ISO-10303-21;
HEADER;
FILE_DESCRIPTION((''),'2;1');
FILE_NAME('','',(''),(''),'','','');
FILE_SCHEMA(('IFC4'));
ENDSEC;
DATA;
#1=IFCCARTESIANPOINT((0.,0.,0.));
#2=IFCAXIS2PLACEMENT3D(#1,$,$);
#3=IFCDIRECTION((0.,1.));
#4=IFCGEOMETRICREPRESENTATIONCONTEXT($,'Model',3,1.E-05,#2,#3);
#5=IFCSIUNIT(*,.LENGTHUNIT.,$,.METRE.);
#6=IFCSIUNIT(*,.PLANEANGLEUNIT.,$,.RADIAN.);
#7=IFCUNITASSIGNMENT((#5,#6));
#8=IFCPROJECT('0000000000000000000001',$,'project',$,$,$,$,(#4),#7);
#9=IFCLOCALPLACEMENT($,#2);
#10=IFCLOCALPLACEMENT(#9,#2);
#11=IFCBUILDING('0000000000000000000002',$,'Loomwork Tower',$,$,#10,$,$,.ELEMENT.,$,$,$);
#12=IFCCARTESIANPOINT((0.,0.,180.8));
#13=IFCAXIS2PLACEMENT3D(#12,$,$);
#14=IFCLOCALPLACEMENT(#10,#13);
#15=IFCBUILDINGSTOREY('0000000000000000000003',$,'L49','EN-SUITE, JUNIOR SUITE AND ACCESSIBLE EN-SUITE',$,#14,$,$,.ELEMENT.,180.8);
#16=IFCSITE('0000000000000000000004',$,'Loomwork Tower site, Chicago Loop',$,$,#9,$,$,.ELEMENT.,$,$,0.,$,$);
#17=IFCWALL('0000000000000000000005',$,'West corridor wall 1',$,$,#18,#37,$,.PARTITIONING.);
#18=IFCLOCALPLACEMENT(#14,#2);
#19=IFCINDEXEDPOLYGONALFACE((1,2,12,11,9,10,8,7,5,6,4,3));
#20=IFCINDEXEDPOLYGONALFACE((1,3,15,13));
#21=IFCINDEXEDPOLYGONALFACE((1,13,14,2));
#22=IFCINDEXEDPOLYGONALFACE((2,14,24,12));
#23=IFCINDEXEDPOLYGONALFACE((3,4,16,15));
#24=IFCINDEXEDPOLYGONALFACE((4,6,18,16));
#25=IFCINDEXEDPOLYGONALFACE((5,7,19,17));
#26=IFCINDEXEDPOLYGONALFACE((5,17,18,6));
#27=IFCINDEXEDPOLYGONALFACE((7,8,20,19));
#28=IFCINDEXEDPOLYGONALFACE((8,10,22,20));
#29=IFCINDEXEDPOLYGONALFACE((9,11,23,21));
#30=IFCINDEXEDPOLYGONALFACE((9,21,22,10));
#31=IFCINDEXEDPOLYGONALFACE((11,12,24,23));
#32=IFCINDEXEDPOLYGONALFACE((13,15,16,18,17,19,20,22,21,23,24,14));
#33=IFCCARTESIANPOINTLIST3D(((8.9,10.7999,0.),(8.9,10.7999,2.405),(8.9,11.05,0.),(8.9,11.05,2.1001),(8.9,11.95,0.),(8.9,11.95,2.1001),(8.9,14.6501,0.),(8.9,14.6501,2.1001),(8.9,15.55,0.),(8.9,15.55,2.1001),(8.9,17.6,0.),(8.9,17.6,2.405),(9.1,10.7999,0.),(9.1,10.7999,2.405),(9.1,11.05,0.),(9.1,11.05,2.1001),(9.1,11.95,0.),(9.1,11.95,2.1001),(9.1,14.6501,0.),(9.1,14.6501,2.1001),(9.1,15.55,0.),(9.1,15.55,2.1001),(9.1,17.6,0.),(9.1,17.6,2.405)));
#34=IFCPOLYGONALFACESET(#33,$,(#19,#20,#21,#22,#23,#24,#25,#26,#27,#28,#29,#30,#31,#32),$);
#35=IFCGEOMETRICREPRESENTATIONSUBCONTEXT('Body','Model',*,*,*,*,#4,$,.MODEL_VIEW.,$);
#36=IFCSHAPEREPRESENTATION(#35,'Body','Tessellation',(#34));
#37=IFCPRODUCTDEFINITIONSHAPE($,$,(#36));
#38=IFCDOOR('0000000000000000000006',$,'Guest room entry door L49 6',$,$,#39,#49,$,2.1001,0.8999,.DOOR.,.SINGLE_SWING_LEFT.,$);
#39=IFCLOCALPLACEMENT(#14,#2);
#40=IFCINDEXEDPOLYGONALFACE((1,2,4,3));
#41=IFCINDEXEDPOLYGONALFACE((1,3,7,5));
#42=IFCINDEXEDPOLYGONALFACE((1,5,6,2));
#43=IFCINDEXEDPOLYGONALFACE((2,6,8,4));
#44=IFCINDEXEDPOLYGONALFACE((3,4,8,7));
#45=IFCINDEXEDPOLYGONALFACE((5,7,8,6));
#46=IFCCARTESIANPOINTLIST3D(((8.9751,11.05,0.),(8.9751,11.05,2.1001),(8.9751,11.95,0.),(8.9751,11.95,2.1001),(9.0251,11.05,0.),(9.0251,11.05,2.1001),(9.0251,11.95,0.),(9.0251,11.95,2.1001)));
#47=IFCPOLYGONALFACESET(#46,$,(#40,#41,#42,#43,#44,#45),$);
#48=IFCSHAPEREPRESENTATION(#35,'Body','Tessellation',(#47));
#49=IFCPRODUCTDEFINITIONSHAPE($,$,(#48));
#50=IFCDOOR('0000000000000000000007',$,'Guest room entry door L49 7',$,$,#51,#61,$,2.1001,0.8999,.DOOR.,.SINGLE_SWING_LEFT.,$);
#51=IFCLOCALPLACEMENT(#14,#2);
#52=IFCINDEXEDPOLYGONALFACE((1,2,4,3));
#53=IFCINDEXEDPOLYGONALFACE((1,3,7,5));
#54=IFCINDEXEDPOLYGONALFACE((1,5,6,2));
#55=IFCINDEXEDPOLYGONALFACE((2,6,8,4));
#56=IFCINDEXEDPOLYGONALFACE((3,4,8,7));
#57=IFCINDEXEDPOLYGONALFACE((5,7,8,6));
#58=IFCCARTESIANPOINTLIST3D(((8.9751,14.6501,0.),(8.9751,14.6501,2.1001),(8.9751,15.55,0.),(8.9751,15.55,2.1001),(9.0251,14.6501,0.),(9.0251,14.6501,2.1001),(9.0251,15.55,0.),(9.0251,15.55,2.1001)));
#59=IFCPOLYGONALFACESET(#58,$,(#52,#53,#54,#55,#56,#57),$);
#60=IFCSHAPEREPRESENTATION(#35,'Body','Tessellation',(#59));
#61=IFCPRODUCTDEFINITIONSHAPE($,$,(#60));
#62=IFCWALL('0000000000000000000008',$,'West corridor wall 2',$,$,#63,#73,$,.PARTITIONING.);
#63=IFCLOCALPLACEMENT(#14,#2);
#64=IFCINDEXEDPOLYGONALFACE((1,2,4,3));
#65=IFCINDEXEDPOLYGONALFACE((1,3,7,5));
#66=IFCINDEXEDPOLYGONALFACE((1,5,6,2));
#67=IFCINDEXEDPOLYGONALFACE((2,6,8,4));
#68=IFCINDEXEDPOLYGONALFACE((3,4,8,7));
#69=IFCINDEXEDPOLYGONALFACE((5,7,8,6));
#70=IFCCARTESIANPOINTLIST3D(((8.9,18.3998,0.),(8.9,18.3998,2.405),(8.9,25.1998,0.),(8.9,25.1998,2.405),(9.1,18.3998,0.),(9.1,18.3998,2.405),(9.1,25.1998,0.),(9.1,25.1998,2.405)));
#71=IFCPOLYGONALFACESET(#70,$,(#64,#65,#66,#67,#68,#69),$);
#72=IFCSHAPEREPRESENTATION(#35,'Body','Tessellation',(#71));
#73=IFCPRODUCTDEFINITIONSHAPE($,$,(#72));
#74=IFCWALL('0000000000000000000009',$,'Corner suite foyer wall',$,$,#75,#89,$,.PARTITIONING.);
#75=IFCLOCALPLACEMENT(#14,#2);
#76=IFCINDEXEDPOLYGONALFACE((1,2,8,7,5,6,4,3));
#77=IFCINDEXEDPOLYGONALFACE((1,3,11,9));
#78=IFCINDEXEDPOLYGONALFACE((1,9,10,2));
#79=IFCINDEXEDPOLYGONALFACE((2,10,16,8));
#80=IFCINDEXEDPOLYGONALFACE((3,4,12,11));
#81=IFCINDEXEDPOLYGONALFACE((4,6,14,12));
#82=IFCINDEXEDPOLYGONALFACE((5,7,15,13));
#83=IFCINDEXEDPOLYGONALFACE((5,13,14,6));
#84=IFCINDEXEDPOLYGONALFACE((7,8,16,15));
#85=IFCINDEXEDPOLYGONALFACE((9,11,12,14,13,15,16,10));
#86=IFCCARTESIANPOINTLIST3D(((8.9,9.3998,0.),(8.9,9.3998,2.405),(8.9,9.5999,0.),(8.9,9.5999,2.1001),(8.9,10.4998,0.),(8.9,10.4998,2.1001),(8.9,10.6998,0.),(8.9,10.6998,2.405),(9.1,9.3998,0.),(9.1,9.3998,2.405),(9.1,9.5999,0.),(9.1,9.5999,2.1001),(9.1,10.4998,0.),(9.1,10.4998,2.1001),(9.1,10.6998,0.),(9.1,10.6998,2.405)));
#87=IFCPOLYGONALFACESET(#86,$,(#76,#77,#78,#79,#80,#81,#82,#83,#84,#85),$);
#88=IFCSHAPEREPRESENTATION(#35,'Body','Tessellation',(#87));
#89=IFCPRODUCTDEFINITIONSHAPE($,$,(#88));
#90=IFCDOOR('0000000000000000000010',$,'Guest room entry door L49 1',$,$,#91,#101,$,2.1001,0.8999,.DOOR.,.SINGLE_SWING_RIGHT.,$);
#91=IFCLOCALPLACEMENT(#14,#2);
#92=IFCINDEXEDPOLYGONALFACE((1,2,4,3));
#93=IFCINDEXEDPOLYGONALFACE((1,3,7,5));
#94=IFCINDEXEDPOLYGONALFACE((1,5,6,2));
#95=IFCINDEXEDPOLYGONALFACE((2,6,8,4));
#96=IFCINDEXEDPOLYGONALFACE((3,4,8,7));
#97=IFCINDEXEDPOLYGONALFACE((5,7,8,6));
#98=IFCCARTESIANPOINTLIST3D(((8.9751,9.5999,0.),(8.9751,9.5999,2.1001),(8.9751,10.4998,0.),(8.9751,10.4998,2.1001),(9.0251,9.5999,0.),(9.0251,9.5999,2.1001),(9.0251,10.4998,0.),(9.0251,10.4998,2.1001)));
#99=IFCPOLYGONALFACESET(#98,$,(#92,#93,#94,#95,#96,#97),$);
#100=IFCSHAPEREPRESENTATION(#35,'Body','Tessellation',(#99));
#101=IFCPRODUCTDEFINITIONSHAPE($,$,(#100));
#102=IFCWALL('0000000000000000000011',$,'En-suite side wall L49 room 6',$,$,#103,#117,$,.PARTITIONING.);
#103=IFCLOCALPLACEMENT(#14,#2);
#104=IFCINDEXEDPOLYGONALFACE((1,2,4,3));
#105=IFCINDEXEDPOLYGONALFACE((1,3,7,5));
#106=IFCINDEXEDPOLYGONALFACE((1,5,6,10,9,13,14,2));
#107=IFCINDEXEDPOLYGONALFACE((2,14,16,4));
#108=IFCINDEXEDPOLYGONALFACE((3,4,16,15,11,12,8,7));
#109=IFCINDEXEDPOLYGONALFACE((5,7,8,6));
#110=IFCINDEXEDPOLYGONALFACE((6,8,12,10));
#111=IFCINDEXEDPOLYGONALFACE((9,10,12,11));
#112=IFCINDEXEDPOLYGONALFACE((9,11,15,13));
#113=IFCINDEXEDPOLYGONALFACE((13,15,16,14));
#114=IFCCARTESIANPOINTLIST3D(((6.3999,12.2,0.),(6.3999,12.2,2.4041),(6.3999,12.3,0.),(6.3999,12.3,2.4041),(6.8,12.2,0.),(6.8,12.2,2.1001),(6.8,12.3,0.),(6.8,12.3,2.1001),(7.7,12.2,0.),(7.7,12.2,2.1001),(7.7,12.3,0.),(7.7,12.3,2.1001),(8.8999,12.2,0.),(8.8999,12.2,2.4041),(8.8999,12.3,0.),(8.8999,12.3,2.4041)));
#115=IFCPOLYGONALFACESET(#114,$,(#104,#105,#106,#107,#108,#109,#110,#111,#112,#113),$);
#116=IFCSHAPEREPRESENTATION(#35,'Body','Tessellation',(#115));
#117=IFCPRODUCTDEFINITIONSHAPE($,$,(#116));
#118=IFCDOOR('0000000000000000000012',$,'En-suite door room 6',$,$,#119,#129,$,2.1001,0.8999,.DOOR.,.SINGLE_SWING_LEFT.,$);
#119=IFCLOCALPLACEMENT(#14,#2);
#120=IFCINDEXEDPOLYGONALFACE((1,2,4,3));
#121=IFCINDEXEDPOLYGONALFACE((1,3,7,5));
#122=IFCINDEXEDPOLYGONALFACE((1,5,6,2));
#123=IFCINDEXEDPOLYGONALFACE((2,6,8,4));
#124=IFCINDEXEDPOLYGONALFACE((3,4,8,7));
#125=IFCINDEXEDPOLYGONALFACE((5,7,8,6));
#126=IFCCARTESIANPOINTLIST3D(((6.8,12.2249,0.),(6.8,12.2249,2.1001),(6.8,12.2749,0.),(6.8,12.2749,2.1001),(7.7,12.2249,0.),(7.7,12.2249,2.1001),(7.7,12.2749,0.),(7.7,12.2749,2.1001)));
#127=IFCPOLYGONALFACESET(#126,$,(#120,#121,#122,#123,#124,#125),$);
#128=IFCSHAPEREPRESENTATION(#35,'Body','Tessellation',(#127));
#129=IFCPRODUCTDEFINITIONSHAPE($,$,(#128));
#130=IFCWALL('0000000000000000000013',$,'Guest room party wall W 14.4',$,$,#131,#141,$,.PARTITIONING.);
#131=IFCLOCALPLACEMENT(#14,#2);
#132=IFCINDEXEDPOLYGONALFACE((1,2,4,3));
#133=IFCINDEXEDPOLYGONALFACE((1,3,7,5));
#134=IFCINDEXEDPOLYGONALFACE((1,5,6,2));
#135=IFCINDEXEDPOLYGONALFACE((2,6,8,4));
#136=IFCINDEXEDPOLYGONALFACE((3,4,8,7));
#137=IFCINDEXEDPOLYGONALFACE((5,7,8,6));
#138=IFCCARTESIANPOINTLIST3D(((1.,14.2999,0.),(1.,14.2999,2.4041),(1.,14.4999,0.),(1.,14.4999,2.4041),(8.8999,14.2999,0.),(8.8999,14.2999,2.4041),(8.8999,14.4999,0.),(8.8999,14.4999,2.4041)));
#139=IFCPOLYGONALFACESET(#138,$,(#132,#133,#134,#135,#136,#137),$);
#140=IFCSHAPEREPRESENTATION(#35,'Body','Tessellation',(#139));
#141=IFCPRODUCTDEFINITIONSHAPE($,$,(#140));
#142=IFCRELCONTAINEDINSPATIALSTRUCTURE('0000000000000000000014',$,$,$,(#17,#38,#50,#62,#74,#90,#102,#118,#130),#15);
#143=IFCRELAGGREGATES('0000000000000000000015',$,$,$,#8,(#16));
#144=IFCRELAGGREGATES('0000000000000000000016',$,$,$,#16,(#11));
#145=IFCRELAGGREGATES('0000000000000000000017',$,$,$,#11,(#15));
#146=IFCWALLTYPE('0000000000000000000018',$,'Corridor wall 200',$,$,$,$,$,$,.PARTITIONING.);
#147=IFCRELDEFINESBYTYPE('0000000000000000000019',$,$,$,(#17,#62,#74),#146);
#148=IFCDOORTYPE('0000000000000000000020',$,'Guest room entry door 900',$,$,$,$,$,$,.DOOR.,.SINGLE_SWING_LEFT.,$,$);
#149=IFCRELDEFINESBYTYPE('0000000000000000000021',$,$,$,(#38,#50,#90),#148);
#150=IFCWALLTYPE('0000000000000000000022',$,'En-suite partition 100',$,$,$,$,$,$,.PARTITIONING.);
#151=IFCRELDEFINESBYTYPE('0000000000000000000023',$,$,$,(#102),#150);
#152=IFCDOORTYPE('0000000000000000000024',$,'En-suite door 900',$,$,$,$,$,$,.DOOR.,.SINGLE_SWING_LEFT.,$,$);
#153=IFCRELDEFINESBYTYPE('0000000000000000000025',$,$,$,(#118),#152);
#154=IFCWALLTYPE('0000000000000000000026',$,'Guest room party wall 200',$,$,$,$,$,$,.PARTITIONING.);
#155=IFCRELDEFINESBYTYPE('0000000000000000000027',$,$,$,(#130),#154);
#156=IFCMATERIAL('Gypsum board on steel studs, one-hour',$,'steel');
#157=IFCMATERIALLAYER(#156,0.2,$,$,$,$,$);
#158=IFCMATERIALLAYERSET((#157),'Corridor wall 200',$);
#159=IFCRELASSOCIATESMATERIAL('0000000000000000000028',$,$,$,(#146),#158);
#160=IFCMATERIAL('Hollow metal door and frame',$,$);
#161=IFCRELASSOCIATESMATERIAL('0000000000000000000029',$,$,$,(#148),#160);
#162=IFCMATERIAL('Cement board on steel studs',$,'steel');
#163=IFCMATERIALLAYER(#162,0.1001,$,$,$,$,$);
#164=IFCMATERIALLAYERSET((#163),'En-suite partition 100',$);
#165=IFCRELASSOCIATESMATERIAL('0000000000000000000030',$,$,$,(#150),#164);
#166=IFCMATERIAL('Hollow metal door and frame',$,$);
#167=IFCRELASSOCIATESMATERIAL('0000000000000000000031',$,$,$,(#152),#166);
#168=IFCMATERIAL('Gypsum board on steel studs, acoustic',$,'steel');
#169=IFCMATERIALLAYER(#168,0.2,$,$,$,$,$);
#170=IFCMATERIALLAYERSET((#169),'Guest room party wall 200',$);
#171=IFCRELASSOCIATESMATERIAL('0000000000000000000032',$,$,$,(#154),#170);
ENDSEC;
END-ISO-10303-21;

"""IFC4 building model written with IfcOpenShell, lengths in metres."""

from ifc_helpers import new_model, si_unit, direction, frame, frame_2d, origin, place, context, subcontext, project, spatial, rectangle, extrude, material, layer, layer_set, type_object, element, fill, save


model = new_model("IFC4")

# Units and contexts
model_context = context("Model", 3, precision=1e-05, world=origin(), true_north=direction((0.0, 1.0)))
body_context = subcontext(model_context, "Body", "Model", "MODEL_VIEW")
ifc_project = project(units=[si_unit("LENGTHUNIT", "METRE"), si_unit("PLANEANGLEUNIT", "RADIAN")], contexts=[model_context])

# Site, building, storey
site_placement = place(None, origin())
site = spatial("IfcSite", under=ifc_project, at=site_placement, Name="Loomwork Tower site, Chicago Loop", CompositionType="ELEMENT", RefElevation=0.0)
building_placement = place(site_placement, origin())
building = spatial("IfcBuilding", under=site, at=building_placement, Name="Loomwork Tower", CompositionType="ELEMENT")
storey_placement = place(building_placement, frame((0.0, 0.0, 180.8)))
storey = spatial("IfcBuildingStorey", under=building, at=storey_placement, Name="L49", Description="EN-SUITE, JUNIOR SUITE AND ACCESSIBLE EN-SUITE", CompositionType="ELEMENT", Elevation=180.8)

# Wall, openings, doors
ifc_material_1 = material(Name="Gypsum board on steel studs, one-hour", Category="steel")
ifc_layer_1 = layer(ifc_material_1, 0.2)
ifc_layer_set_1 = layer_set([ifc_layer_1], Name="Corridor wall 200")
wall_type_1 = type_object("IfcWallType", Name="Corridor wall 200", PredefinedType="PARTITIONING", material=ifc_layer_set_1)
wall_1_placement = place(storey_placement, frame((9.0, 10.8, 0.0), z_axis=(0.0, 0.0, 1.0), x_axis=(0.0, 1.0, 0.0)))
wall_1 = element("IfcWall", 1, at=wall_1_placement, inside=storey, type_object=wall_type_1, Name="West corridor wall 1", PredefinedType="PARTITIONING", context=body_context, shape_type="SweptSolid", body=[
    extrude(rectangle(XDim=6.8, YDim=0.2, at=frame_2d((3.3999, 0.0))), origin(), (0.0, 0.0, 1.0), 2.405),
])
opening_1_placement = place(wall_1_placement, frame((0.25, 0.0, 0.0)))
opening_1 = element("IfcOpeningElement", 2, at=opening_1_placement, cuts=wall_1, PredefinedType="OPENING", context=body_context, shape_type="SweptSolid", body=[
    extrude(rectangle(XDim=0.8999, YDim=2.1001, at=frame_2d((0.45, 1.05))), frame((0.0, 0.1099, 0.0), z_axis=(0.0, -1.0, 0.0), x_axis=(1.0, 0.0, 0.0)), (0.0, 0.0, 1.0), 0.22),
])
opening_2_placement = place(wall_1_placement, frame((3.8501, 0.0, 0.0)))
opening_2 = element("IfcOpeningElement", 3, at=opening_2_placement, cuts=wall_1, PredefinedType="OPENING", context=body_context, shape_type="SweptSolid", body=[
    extrude(rectangle(XDim=0.8999, YDim=2.1001, at=frame_2d((0.45, 1.05))), frame((0.0, 0.1099, 0.0), z_axis=(0.0, -1.0, 0.0), x_axis=(1.0, 0.0, 0.0)), (0.0, 0.0, 1.0), 0.22),
])
ifc_material_2 = material(Name="Hollow metal door and frame")
door_type_1 = type_object("IfcDoorType", Name="Guest room entry door 900", OperationType="SINGLE_SWING_LEFT", PredefinedType="DOOR", material=ifc_material_2)
door_1_placement = place(opening_1_placement, origin())
door_1 = element("IfcDoor", 4, at=door_1_placement, inside=storey, type_object=door_type_1, Name="Guest room entry door L49 6", OperationType="SINGLE_SWING_LEFT", OverallHeight=2.1001, OverallWidth=0.8999, PredefinedType="DOOR", context=body_context, shape_type="SweptSolid", body=[
    extrude(rectangle(XDim=0.8999, YDim=2.1001, at=frame_2d((0.45, 1.05))), frame((0.0, 0.0249, 0.0), z_axis=(0.0, -1.0, 0.0), x_axis=(1.0, 0.0, 0.0)), (0.0, 0.0, 1.0), 0.05),
])
fill(opening_1, door_1)
door_2_placement = place(opening_2_placement, origin())
door_2 = element("IfcDoor", 5, at=door_2_placement, inside=storey, type_object=door_type_1, Name="Guest room entry door L49 7", OperationType="SINGLE_SWING_LEFT", OverallHeight=2.1001, OverallWidth=0.8999, PredefinedType="DOOR", context=body_context, shape_type="SweptSolid", body=[
    extrude(rectangle(XDim=0.8999, YDim=2.1001, at=frame_2d((0.45, 1.05))), frame((0.0, 0.0249, 0.0), z_axis=(0.0, -1.0, 0.0), x_axis=(1.0, 0.0, 0.0)), (0.0, 0.0, 1.0), 0.05),
])
fill(opening_2, door_2)

# Wall
wall_2_placement = place(storey_placement, frame((9.0, 18.3999, 0.0), z_axis=(0.0, 0.0, 1.0), x_axis=(0.0, 1.0, 0.0)))
element("IfcWall", 6, at=wall_2_placement, inside=storey, type_object=wall_type_1, Name="West corridor wall 2", PredefinedType="PARTITIONING", context=body_context, shape_type="SweptSolid", body=[
    extrude(rectangle(XDim=6.8, YDim=0.2, at=frame_2d((3.3999, 0.0))), origin(), (0.0, 0.0, 1.0), 2.405),
])

# Walls, openings, doors
wall_3_placement = place(storey_placement, frame((9.0, 9.3999, 0.0), z_axis=(0.0, 0.0, 1.0), x_axis=(0.0, 1.0, 0.0)))
wall_3 = element("IfcWall", 7, at=wall_3_placement, inside=storey, type_object=wall_type_1, Name="Corner suite foyer wall", PredefinedType="PARTITIONING", context=body_context, shape_type="SweptSolid", body=[
    extrude(rectangle(XDim=1.3, YDim=0.2, at=frame_2d((0.6499, 0.0))), origin(), (0.0, 0.0, 1.0), 2.405),
])
opening_3_placement = place(wall_3_placement, frame((0.2, 0.0, 0.0)))
opening_3 = element("IfcOpeningElement", 8, at=opening_3_placement, cuts=wall_3, PredefinedType="OPENING", context=body_context, shape_type="SweptSolid", body=[
    extrude(rectangle(XDim=0.8999, YDim=2.1001, at=frame_2d((0.45, 1.05))), frame((0.0, 0.1099, 0.0), z_axis=(0.0, -1.0, 0.0), x_axis=(1.0, 0.0, 0.0)), (0.0, 0.0, 1.0), 0.22),
])
door_3_placement = place(opening_3_placement, origin())
door_3 = element("IfcDoor", 9, at=door_3_placement, inside=storey, type_object=door_type_1, Name="Guest room entry door L49 1", OperationType="SINGLE_SWING_RIGHT", OverallHeight=2.1001, OverallWidth=0.8999, PredefinedType="DOOR", context=body_context, shape_type="SweptSolid", body=[
    extrude(rectangle(XDim=0.8999, YDim=2.1001, at=frame_2d((0.45, 1.05))), frame((0.0, 0.0249, 0.0), z_axis=(0.0, -1.0, 0.0), x_axis=(1.0, 0.0, 0.0)), (0.0, 0.0, 1.0), 0.05),
])
fill(opening_3, door_3)
ifc_material_3 = material(Name="Cement board on steel studs", Category="steel")
ifc_layer_2 = layer(ifc_material_3, 0.1001)
ifc_layer_set_2 = layer_set([ifc_layer_2], Name="En-suite partition 100")
wall_type_2 = type_object("IfcWallType", Name="En-suite partition 100", PredefinedType="PARTITIONING", material=ifc_layer_set_2)
wall_4_placement = place(storey_placement, frame((8.8999, 12.25, 0.0), z_axis=(0.0, 0.0, 1.0), x_axis=(-1.0, 0.0, 0.0)))
wall_4 = element("IfcWall", 10, at=wall_4_placement, inside=storey, type_object=wall_type_2, Name="En-suite side wall L49 room 6", PredefinedType="PARTITIONING", context=body_context, shape_type="SweptSolid", body=[
    extrude(rectangle(XDim=2.5, YDim=0.1001, at=frame_2d((1.25, 0.0))), origin(), (0.0, 0.0, 1.0), 2.4041),
])
opening_4_placement = place(wall_4_placement, frame((1.2, 0.0, 0.0)))
opening_4 = element("IfcOpeningElement", 11, at=opening_4_placement, cuts=wall_4, PredefinedType="OPENING", context=body_context, shape_type="SweptSolid", body=[
    extrude(rectangle(XDim=0.8999, YDim=2.1001, at=frame_2d((0.45, 1.05))), frame((0.0, 0.0601, 0.0), z_axis=(0.0, -1.0, 0.0), x_axis=(1.0, 0.0, 0.0)), (0.0, 0.0, 1.0), 0.1201),
])
ifc_material_4 = material(Name="Hollow metal door and frame")
door_type_2 = type_object("IfcDoorType", Name="En-suite door 900", OperationType="SINGLE_SWING_LEFT", PredefinedType="DOOR", material=ifc_material_4)
door_4_placement = place(opening_4_placement, frame((0.8999, 0.0, 0.0), z_axis=(0.0, 0.0, 1.0), x_axis=(-1.0, 0.0, 0.0)))
door_4 = element("IfcDoor", 12, at=door_4_placement, inside=storey, type_object=door_type_2, Name="En-suite door room 6", OperationType="SINGLE_SWING_LEFT", OverallHeight=2.1001, OverallWidth=0.8999, PredefinedType="DOOR", context=body_context, shape_type="SweptSolid", body=[
    extrude(rectangle(XDim=0.8999, YDim=2.1001, at=frame_2d((0.45, 1.05))), frame((0.0, 0.0249, 0.0), z_axis=(0.0, -1.0, 0.0), x_axis=(1.0, 0.0, 0.0)), (0.0, 0.0, 1.0), 0.05),
])
fill(opening_4, door_4)

# Wall
ifc_material_5 = material(Name="Gypsum board on steel studs, acoustic", Category="steel")
ifc_layer_3 = layer(ifc_material_5, 0.2)
ifc_layer_set_3 = layer_set([ifc_layer_3], Name="Guest room party wall 200")
wall_type_3 = type_object("IfcWallType", Name="Guest room party wall 200", PredefinedType="PARTITIONING", material=ifc_layer_set_3)
wall_5_placement = place(storey_placement, frame((8.8999, 14.3999, 0.0), z_axis=(0.0, 0.0, 1.0), x_axis=(-1.0, 0.0, 0.0)))
element("IfcWall", 13, at=wall_5_placement, inside=storey, type_object=wall_type_3, Name="Guest room party wall W 14.4", PredefinedType="PARTITIONING", context=body_context, shape_type="SweptSolid", body=[
    extrude(rectangle(XDim=7.8999, YDim=0.2, at=frame_2d((3.95, 0.0))), origin(), (0.0, 0.0, 1.0), 2.4041),
])

save(model, "model.ifc")
